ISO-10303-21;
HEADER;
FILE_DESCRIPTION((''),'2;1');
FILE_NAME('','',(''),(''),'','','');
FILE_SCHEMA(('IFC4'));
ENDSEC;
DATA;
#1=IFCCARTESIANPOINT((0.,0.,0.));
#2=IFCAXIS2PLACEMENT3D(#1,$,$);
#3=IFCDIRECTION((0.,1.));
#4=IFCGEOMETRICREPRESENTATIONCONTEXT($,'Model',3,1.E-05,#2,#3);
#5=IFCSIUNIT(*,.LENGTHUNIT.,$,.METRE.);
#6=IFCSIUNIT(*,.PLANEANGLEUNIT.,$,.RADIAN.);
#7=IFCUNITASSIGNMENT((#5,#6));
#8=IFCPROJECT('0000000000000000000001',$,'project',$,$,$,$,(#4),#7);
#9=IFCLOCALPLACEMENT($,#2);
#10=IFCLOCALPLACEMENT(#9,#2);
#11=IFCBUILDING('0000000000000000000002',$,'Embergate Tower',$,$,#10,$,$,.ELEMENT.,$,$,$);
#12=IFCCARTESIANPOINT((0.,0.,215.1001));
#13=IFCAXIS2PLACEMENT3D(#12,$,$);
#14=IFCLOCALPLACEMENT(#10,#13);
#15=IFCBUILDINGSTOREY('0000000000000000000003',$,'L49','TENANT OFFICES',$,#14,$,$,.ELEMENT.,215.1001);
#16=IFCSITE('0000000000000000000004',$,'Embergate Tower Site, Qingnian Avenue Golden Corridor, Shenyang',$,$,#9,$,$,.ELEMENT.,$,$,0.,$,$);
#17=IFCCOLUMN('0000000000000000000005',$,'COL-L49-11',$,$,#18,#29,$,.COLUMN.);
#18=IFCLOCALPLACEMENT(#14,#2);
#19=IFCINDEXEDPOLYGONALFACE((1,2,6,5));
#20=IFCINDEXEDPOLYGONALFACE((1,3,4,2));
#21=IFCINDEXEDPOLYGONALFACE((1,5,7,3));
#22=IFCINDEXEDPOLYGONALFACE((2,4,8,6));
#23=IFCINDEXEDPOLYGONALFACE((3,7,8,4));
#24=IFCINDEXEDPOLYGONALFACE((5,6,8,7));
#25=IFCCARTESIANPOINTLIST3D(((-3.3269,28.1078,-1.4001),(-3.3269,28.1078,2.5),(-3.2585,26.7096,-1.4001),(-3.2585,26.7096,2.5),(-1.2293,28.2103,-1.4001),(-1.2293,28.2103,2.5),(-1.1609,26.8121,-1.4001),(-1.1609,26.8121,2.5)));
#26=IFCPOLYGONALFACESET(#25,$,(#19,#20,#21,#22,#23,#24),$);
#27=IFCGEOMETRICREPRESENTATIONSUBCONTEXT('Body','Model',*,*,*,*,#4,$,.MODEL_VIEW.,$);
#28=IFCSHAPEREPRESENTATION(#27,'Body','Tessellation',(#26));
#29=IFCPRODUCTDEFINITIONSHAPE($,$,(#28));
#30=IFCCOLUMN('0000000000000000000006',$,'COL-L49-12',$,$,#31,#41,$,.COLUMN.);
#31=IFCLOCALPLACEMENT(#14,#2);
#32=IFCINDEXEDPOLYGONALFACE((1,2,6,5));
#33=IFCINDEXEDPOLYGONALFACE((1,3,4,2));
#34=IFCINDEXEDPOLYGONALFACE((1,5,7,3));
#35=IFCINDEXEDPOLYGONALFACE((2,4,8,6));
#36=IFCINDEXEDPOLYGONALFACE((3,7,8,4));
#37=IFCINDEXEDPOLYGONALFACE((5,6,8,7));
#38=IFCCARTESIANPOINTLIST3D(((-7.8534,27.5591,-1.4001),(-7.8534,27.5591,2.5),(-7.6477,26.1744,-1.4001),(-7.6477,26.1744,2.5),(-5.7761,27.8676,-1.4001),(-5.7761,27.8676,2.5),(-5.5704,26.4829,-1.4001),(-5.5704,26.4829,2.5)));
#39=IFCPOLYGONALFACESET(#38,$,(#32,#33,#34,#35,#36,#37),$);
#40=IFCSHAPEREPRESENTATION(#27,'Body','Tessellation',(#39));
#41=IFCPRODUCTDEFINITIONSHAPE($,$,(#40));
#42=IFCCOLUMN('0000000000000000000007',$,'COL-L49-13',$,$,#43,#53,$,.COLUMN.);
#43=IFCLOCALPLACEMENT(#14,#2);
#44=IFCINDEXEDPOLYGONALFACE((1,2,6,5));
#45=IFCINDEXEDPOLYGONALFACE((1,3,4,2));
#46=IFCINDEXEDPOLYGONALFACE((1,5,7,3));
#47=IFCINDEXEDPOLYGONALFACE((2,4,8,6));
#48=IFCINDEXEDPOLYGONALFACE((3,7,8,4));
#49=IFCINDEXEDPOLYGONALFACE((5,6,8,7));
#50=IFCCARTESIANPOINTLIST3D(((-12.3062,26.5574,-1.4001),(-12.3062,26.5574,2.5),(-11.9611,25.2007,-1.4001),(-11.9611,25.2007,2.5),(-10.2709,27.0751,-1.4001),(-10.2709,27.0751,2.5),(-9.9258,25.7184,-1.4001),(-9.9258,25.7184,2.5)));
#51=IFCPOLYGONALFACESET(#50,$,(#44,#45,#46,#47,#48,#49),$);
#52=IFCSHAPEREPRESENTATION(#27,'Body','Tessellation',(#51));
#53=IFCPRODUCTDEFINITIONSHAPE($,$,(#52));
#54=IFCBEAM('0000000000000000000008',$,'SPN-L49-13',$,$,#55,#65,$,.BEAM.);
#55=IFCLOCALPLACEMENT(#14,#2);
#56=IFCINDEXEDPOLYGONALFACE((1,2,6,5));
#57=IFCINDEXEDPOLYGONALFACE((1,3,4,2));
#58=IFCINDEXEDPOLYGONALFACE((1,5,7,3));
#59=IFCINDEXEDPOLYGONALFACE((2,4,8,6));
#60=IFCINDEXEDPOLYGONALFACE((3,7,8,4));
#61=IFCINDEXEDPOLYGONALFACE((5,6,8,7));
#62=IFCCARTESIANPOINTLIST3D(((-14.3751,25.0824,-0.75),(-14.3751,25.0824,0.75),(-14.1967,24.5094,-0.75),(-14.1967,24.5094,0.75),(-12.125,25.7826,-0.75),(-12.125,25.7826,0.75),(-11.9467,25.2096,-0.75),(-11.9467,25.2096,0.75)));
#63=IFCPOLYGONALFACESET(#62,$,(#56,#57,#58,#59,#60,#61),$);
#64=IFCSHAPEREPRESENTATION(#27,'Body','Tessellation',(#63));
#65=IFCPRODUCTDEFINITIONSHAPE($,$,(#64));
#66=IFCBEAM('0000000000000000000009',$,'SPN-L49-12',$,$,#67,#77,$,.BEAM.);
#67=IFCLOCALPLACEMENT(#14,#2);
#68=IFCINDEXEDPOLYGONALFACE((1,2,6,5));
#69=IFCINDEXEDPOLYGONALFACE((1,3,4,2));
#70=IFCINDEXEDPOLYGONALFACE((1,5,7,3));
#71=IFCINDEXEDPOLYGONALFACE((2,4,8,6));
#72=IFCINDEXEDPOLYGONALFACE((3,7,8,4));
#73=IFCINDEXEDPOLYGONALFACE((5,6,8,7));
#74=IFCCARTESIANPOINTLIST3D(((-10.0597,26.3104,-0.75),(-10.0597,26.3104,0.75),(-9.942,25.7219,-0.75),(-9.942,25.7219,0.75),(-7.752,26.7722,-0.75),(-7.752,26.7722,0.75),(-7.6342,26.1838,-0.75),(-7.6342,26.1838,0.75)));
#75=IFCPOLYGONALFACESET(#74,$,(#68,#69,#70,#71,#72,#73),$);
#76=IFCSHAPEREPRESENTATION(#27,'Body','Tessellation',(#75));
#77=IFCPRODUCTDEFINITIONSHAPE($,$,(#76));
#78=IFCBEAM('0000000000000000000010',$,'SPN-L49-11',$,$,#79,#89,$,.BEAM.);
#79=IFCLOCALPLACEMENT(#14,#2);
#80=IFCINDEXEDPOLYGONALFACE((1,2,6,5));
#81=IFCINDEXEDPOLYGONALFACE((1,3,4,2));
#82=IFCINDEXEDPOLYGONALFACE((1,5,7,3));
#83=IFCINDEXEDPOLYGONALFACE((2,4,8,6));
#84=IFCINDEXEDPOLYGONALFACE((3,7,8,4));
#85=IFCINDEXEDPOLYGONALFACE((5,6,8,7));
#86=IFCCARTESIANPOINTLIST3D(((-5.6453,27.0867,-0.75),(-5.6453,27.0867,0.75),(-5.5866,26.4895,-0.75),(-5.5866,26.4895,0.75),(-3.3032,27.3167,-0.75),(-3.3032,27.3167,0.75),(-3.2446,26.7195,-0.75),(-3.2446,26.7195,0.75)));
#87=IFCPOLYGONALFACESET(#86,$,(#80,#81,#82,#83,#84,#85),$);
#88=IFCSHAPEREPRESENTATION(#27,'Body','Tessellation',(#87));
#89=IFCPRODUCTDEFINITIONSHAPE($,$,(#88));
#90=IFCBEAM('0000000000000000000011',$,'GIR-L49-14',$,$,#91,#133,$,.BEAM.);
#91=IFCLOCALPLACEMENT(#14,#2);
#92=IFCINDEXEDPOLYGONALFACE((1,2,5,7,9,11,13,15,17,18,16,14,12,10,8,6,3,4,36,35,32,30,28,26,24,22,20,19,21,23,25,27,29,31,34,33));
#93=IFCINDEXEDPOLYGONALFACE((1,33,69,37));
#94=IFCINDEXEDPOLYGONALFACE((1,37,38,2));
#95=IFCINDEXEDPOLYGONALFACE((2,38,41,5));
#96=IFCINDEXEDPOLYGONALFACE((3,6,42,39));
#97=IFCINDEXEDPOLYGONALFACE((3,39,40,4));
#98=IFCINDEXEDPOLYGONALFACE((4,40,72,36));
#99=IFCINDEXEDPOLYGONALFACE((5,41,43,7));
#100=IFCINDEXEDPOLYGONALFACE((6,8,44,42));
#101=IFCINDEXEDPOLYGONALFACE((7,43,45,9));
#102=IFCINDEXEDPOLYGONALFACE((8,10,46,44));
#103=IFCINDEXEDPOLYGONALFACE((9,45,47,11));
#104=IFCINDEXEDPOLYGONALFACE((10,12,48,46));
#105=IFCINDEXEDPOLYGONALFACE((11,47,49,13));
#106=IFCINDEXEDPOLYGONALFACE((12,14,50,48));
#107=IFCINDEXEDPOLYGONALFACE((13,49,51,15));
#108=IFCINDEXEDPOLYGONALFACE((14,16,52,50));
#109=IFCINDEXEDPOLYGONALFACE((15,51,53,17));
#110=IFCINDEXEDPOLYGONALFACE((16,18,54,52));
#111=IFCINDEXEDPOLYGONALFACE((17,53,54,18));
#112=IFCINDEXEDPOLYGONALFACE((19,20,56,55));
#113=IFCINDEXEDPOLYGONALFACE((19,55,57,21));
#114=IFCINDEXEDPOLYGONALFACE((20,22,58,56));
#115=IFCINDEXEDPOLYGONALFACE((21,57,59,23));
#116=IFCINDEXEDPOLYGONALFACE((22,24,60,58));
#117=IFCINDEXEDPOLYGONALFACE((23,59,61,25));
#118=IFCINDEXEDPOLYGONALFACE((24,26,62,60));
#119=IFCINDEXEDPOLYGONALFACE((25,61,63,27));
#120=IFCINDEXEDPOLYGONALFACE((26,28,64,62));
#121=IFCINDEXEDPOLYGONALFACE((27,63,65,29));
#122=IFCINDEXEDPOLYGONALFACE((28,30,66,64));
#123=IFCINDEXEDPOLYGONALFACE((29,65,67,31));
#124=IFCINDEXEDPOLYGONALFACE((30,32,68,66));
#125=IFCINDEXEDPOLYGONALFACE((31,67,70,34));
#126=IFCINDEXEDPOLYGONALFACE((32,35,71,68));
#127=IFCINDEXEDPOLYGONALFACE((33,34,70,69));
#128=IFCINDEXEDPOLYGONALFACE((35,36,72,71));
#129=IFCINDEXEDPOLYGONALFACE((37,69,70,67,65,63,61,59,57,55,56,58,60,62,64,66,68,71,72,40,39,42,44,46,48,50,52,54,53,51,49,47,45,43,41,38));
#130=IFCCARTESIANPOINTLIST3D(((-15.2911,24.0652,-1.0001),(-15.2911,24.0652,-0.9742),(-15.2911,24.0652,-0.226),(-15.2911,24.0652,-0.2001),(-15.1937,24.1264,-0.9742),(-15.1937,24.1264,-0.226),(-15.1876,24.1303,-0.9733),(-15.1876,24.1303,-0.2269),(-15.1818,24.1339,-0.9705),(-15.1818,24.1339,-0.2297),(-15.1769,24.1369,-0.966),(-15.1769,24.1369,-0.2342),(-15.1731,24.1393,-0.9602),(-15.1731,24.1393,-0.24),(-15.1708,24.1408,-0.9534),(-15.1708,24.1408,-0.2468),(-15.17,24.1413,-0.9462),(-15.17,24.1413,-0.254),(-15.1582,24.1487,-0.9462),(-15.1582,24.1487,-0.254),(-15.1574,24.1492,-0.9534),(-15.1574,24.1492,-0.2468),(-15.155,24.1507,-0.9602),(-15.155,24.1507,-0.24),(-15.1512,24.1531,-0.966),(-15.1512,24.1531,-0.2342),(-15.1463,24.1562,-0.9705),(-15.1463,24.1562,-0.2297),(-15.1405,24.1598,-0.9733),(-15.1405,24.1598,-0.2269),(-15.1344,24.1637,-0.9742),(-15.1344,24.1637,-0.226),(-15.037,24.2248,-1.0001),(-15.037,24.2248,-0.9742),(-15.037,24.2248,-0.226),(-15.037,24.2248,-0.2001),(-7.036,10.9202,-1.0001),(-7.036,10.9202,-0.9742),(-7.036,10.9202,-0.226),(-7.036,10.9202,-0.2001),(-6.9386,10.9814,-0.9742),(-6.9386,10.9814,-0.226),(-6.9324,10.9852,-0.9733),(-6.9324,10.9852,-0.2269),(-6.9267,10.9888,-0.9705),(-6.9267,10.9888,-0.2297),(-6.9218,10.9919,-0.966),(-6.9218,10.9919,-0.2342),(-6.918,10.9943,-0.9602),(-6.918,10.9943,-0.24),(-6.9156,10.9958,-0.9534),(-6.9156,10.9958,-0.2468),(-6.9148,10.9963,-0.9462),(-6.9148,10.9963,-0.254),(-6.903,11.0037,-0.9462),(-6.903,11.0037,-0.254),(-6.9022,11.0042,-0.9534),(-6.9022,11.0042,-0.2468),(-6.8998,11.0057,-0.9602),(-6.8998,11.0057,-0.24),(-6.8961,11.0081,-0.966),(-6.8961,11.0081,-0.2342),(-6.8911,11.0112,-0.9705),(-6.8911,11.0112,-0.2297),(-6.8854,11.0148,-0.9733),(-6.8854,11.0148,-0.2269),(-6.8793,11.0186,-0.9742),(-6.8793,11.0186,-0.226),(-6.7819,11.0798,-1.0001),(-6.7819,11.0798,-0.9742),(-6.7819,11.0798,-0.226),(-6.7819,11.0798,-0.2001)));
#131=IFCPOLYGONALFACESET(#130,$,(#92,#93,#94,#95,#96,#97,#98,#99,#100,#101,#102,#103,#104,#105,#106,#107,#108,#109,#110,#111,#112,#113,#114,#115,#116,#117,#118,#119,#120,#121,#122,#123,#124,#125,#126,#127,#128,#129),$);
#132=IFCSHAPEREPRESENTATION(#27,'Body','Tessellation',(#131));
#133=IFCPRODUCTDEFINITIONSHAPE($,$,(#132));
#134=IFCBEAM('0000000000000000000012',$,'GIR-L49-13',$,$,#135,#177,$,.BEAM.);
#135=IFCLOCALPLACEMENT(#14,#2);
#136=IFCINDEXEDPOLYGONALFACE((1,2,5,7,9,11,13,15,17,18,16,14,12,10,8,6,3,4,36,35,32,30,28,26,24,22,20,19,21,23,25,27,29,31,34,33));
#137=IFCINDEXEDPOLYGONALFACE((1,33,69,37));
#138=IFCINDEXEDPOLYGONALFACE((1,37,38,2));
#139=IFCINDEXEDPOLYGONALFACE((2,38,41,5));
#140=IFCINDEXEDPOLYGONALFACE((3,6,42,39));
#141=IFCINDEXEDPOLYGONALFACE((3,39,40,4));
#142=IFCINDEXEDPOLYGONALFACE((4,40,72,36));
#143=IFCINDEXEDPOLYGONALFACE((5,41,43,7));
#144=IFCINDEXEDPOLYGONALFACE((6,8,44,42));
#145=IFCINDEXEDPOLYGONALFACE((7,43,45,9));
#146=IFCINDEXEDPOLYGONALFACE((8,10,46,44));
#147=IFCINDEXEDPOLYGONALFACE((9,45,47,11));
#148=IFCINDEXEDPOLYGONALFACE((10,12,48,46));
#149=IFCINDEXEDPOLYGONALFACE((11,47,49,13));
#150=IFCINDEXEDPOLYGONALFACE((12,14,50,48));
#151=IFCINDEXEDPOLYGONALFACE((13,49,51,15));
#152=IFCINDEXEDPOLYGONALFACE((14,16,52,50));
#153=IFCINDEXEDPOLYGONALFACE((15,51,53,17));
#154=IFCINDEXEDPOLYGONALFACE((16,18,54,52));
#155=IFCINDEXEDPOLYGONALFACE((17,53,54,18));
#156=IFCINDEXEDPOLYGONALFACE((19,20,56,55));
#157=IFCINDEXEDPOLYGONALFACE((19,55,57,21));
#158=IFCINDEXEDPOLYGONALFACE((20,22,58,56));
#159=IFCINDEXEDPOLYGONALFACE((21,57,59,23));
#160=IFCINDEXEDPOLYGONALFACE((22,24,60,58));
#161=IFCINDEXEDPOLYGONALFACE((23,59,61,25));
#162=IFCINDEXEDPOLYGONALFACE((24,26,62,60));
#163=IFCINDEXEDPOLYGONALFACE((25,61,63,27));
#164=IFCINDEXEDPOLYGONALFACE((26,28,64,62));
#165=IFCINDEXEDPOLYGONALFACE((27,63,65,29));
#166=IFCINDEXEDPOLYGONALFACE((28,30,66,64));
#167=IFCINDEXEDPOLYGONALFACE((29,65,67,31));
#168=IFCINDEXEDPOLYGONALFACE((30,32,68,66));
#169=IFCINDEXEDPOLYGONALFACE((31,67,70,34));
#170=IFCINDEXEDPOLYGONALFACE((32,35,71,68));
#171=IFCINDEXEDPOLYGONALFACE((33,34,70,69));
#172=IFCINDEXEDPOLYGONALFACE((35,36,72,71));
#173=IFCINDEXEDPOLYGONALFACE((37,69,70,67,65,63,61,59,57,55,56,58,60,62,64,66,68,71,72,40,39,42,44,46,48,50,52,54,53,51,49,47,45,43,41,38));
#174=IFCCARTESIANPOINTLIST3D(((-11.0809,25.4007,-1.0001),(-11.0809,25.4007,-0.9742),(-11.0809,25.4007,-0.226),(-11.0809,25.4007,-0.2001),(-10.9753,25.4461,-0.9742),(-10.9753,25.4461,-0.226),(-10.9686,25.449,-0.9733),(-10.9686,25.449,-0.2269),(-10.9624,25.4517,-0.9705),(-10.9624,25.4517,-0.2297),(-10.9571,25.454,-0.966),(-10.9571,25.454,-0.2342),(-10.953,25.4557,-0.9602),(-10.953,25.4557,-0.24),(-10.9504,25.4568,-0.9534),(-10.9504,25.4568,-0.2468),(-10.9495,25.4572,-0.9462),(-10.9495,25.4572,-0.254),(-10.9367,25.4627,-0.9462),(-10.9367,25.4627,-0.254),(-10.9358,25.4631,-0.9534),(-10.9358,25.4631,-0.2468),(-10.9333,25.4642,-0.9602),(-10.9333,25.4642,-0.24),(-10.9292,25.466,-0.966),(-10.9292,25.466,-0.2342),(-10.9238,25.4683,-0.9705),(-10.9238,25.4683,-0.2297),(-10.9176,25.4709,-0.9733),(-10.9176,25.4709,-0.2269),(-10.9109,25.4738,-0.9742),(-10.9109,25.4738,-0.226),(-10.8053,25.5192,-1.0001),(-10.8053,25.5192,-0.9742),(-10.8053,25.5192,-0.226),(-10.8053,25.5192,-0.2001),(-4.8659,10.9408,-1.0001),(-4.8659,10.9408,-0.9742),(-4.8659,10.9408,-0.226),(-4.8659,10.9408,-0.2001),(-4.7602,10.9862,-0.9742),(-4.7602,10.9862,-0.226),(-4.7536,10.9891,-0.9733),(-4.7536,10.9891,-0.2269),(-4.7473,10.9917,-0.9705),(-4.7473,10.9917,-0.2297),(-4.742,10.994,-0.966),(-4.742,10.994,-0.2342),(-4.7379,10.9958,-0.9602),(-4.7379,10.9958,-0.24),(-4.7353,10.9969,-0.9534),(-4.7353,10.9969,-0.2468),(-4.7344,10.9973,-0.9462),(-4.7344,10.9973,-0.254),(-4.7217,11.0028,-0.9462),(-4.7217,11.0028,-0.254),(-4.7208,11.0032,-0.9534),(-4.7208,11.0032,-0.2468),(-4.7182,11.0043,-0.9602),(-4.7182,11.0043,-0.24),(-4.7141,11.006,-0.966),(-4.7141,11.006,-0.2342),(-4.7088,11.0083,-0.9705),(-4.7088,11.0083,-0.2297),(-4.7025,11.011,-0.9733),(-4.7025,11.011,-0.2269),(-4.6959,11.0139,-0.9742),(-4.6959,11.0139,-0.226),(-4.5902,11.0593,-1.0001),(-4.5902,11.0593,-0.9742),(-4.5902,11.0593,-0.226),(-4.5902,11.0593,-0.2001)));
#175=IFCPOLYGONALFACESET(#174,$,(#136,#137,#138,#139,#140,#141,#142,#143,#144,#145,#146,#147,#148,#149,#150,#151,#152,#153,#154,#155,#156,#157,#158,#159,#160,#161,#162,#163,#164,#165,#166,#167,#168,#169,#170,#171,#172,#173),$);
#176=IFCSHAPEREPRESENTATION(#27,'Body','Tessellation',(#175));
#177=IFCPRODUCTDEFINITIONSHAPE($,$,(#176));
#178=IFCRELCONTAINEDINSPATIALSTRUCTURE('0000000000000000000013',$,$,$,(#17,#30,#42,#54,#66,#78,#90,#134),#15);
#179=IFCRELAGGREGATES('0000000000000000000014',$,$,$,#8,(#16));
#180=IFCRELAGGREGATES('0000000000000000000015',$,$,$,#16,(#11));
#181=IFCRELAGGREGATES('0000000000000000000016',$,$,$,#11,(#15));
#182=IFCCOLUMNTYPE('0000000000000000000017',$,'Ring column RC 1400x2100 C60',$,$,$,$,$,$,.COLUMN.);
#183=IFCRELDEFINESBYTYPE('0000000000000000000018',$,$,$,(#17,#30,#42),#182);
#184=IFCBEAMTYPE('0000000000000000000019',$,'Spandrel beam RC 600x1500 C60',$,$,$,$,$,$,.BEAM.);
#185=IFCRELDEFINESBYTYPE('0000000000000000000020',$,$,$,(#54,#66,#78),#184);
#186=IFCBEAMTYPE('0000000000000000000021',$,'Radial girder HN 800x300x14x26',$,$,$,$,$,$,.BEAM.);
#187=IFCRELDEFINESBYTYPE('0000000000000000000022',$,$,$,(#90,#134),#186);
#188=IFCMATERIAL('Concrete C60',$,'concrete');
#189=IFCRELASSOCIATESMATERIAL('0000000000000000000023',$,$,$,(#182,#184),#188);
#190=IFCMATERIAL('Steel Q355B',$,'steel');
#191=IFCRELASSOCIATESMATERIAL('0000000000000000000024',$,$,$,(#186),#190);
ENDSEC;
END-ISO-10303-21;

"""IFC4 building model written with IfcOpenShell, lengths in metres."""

from ifc_helpers import new_model, si_unit, direction, frame, origin, origin_2d, place, context, subcontext, project, spatial, rectangle, i_section, extrude, source, transform, mapped, material, material_profile, profile_set, type_object, element, save


model = new_model("IFC4")

# Units and contexts
model_context = context("Model", 3, precision=1e-05, world=origin(), true_north=direction((0.0, 1.0)))
body_context = subcontext(model_context, "Body", "Model", "MODEL_VIEW")
ifc_project = project(units=[si_unit("LENGTHUNIT", "METRE"), si_unit("PLANEANGLEUNIT", "RADIAN")], contexts=[model_context])

# Site, building, storey
site_placement = place(None, origin())
site = spatial("IfcSite", under=ifc_project, at=site_placement, Name="Embergate Tower Site, Qingnian Avenue Golden Corridor, Shenyang", CompositionType="ELEMENT", RefElevation=0.0)
building_placement = place(site_placement, origin())
building = spatial("IfcBuilding", under=site, at=building_placement, Name="Embergate Tower", CompositionType="ELEMENT")
storey_placement = place(building_placement, frame((0.0, 0.0, 215.1001)))
storey = spatial("IfcBuildingStorey", under=building, at=storey_placement, Name="L49", Description="TENANT OFFICES", CompositionType="ELEMENT", Elevation=215.1001)

# Columns
ifc_material_1 = material(Name="Concrete C60", Category="concrete")
ifc_material_profile_1 = material_profile(ifc_material_1, rectangle(XDim=1.3999, YDim=2.1001, at=origin_2d()), Name="RC 1400x2100")
ifc_profile_set_1 = profile_set([ifc_material_profile_1], Name="Concrete C60")
column_type = type_object("IfcColumnType", Name="Ring column RC 1400x2100 C60", PredefinedType="COLUMN", material=ifc_profile_set_1)
shared_shape_1 = source(origin(), body_context, "Body", "SweptSolid", [
    extrude(rectangle(XDim=1.3999, YDim=2.1001, at=origin_2d()), origin(), (0.0, 0.0, 1.0), 3.9001),
])
for number, where, z_axis, x_axis, name in (
    (1, (-2.2439, 27.46, -1.4001), (0.0, 0.0, 1.0), (-0.048815, 0.998808, 0.0), "COL-L49-11"),
    (2, (-6.7119, 27.021, -1.4001), (0.0, 0.0, 1.0), (-0.146929, 0.989147, 0.0), "COL-L49-12"),
    (3, (-11.116, 26.1379, -1.4001), (0.0, 0.0, 1.0), (-0.246509, 0.969141, 0.0), "COL-L49-13"),
):
    element("IfcColumn", number, at=place(storey_placement, frame(where, z_axis=z_axis, x_axis=x_axis)), inside=storey, type_object=column_type, Name=name, PredefinedType="COLUMN", context=body_context, shape_type="MappedRepresentation", body=[
        mapped(shared_shape_1, transform((0.0, 0.0, 0.0))),
    ])

# Beams
ifc_material_profile_2 = material_profile(ifc_material_1, rectangle(XDim=0.6001, YDim=1.5, at=origin_2d()), Name="RC 600x1500")
ifc_profile_set_2 = profile_set([ifc_material_profile_2], Name="Concrete C60")
beam_type_1 = type_object("IfcBeamType", Name="Spandrel beam RC 600x1500 C60", PredefinedType="BEAM", material=ifc_profile_set_2)
shared_shape_2 = source(origin(), body_context, "Body", "SweptSolid", [
    extrude(rectangle(XDim=0.6001, YDim=1.5, at=origin_2d()), origin(), (0.0, 0.0, 1.0), 2.3564),
])
beam_1_placement = place(storey_placement, frame((-12.0359, 25.4961, 0.0), z_axis=(-0.954833, -0.297142, 0.0), x_axis=(0.297142, -0.954833, 0.0)))
element("IfcBeam", 4, at=beam_1_placement, inside=storey, type_object=beam_type_1, Name="SPN-L49-13", PredefinedType="BEAM", context=body_context, shape_type="MappedRepresentation", body=[
    mapped(shared_shape_2, transform((0.0, 0.0, 0.0))),
])
shared_shape_3 = source(origin(), body_context, "Body", "SweptSolid", [
    extrude(rectangle(XDim=0.6001, YDim=1.5, at=origin_2d()), origin(), (0.0, 0.0, 1.0), 2.3535),
])
beam_2_placement = place(storey_placement, frame((-7.6931, 26.478, 0.0), z_axis=(-0.980553, -0.196256, 0.0), x_axis=(0.196256, -0.980553, 0.0)))
element("IfcBeam", 5, at=beam_2_placement, inside=storey, type_object=beam_type_1, Name="SPN-L49-12", PredefinedType="BEAM", context=body_context, shape_type="MappedRepresentation", body=[
    mapped(shared_shape_3, transform((0.0, 0.0, 0.0))),
])
shared_shape_4 = source(origin(), body_context, "Body", "SweptSolid", [
    extrude(rectangle(XDim=0.6001, YDim=1.5, at=origin_2d()), origin(), (0.0, 0.0, 1.0), 2.3533),
])
beam_3_placement = place(storey_placement, frame((-3.2739, 27.0181, 0.0), z_axis=(-0.995213, -0.097727, 0.0), x_axis=(0.097727, -0.995213, 0.0)))
element("IfcBeam", 6, at=beam_3_placement, inside=storey, type_object=beam_type_1, Name="SPN-L49-11", PredefinedType="BEAM", context=body_context, shape_type="MappedRepresentation", body=[
    mapped(shared_shape_4, transform((0.0, 0.0, 0.0))),
])
ifc_material_2 = material(Name="Steel Q355B", Category="steel")
ifc_material_profile_3 = material_profile(ifc_material_2, i_section(OverallWidth=0.3, OverallDepth=0.8, WebThickness=0.0139, FlangeThickness=0.0259, FilletRadius=0.0281, at=origin_2d()), Name="HN 800x300x14x26")
ifc_profile_set_3 = profile_set([ifc_material_profile_3], Name="Steel Q355 grade B")
beam_type_2 = type_object("IfcBeamType", Name="Radial girder HN 800x300x14x26", PredefinedType="BEAM", material=ifc_profile_set_3)
shared_shape_5 = source(origin(), body_context, "Body", "SweptSolid", [
    extrude(i_section(OverallWidth=0.3, OverallDepth=0.8, WebThickness=0.0139, FlangeThickness=0.0259, FilletRadius=0.0281, at=origin_2d()), origin(), (0.0, 0.0, 1.0), 15.5222),
])
beam_4_placement = place(storey_placement, frame((-15.1641, 24.145, -0.6001), z_axis=(0.531827, -0.846853, 0.0), x_axis=(0.846853, 0.531827, 0.0)))
element("IfcBeam", 7, at=beam_4_placement, inside=storey, type_object=beam_type_2, Name="GIR-L49-14", PredefinedType="BEAM", context=body_context, shape_type="MappedRepresentation", body=[
    mapped(shared_shape_5, transform((0.0, 0.0, 0.0))),
])
shared_shape_6 = source(origin(), body_context, "Body", "SweptSolid", [
    extrude(i_section(OverallWidth=0.3, OverallDepth=0.8, WebThickness=0.0139, FlangeThickness=0.0259, FilletRadius=0.0281, at=origin_2d()), origin(), (0.0, 0.0, 1.0), 15.739),
])
beam_5_placement = place(storey_placement, frame((-10.9431, 25.46, -0.6001), z_axis=(0.394883, -0.918731, 0.0), x_axis=(0.918731, 0.394883, 0.0)))
element("IfcBeam", 8, at=beam_5_placement, inside=storey, type_object=beam_type_2, Name="GIR-L49-13", PredefinedType="BEAM", context=body_context, shape_type="MappedRepresentation", body=[
    mapped(shared_shape_6, transform((0.0, 0.0, 0.0))),
])

save(model, "model.ifc")
